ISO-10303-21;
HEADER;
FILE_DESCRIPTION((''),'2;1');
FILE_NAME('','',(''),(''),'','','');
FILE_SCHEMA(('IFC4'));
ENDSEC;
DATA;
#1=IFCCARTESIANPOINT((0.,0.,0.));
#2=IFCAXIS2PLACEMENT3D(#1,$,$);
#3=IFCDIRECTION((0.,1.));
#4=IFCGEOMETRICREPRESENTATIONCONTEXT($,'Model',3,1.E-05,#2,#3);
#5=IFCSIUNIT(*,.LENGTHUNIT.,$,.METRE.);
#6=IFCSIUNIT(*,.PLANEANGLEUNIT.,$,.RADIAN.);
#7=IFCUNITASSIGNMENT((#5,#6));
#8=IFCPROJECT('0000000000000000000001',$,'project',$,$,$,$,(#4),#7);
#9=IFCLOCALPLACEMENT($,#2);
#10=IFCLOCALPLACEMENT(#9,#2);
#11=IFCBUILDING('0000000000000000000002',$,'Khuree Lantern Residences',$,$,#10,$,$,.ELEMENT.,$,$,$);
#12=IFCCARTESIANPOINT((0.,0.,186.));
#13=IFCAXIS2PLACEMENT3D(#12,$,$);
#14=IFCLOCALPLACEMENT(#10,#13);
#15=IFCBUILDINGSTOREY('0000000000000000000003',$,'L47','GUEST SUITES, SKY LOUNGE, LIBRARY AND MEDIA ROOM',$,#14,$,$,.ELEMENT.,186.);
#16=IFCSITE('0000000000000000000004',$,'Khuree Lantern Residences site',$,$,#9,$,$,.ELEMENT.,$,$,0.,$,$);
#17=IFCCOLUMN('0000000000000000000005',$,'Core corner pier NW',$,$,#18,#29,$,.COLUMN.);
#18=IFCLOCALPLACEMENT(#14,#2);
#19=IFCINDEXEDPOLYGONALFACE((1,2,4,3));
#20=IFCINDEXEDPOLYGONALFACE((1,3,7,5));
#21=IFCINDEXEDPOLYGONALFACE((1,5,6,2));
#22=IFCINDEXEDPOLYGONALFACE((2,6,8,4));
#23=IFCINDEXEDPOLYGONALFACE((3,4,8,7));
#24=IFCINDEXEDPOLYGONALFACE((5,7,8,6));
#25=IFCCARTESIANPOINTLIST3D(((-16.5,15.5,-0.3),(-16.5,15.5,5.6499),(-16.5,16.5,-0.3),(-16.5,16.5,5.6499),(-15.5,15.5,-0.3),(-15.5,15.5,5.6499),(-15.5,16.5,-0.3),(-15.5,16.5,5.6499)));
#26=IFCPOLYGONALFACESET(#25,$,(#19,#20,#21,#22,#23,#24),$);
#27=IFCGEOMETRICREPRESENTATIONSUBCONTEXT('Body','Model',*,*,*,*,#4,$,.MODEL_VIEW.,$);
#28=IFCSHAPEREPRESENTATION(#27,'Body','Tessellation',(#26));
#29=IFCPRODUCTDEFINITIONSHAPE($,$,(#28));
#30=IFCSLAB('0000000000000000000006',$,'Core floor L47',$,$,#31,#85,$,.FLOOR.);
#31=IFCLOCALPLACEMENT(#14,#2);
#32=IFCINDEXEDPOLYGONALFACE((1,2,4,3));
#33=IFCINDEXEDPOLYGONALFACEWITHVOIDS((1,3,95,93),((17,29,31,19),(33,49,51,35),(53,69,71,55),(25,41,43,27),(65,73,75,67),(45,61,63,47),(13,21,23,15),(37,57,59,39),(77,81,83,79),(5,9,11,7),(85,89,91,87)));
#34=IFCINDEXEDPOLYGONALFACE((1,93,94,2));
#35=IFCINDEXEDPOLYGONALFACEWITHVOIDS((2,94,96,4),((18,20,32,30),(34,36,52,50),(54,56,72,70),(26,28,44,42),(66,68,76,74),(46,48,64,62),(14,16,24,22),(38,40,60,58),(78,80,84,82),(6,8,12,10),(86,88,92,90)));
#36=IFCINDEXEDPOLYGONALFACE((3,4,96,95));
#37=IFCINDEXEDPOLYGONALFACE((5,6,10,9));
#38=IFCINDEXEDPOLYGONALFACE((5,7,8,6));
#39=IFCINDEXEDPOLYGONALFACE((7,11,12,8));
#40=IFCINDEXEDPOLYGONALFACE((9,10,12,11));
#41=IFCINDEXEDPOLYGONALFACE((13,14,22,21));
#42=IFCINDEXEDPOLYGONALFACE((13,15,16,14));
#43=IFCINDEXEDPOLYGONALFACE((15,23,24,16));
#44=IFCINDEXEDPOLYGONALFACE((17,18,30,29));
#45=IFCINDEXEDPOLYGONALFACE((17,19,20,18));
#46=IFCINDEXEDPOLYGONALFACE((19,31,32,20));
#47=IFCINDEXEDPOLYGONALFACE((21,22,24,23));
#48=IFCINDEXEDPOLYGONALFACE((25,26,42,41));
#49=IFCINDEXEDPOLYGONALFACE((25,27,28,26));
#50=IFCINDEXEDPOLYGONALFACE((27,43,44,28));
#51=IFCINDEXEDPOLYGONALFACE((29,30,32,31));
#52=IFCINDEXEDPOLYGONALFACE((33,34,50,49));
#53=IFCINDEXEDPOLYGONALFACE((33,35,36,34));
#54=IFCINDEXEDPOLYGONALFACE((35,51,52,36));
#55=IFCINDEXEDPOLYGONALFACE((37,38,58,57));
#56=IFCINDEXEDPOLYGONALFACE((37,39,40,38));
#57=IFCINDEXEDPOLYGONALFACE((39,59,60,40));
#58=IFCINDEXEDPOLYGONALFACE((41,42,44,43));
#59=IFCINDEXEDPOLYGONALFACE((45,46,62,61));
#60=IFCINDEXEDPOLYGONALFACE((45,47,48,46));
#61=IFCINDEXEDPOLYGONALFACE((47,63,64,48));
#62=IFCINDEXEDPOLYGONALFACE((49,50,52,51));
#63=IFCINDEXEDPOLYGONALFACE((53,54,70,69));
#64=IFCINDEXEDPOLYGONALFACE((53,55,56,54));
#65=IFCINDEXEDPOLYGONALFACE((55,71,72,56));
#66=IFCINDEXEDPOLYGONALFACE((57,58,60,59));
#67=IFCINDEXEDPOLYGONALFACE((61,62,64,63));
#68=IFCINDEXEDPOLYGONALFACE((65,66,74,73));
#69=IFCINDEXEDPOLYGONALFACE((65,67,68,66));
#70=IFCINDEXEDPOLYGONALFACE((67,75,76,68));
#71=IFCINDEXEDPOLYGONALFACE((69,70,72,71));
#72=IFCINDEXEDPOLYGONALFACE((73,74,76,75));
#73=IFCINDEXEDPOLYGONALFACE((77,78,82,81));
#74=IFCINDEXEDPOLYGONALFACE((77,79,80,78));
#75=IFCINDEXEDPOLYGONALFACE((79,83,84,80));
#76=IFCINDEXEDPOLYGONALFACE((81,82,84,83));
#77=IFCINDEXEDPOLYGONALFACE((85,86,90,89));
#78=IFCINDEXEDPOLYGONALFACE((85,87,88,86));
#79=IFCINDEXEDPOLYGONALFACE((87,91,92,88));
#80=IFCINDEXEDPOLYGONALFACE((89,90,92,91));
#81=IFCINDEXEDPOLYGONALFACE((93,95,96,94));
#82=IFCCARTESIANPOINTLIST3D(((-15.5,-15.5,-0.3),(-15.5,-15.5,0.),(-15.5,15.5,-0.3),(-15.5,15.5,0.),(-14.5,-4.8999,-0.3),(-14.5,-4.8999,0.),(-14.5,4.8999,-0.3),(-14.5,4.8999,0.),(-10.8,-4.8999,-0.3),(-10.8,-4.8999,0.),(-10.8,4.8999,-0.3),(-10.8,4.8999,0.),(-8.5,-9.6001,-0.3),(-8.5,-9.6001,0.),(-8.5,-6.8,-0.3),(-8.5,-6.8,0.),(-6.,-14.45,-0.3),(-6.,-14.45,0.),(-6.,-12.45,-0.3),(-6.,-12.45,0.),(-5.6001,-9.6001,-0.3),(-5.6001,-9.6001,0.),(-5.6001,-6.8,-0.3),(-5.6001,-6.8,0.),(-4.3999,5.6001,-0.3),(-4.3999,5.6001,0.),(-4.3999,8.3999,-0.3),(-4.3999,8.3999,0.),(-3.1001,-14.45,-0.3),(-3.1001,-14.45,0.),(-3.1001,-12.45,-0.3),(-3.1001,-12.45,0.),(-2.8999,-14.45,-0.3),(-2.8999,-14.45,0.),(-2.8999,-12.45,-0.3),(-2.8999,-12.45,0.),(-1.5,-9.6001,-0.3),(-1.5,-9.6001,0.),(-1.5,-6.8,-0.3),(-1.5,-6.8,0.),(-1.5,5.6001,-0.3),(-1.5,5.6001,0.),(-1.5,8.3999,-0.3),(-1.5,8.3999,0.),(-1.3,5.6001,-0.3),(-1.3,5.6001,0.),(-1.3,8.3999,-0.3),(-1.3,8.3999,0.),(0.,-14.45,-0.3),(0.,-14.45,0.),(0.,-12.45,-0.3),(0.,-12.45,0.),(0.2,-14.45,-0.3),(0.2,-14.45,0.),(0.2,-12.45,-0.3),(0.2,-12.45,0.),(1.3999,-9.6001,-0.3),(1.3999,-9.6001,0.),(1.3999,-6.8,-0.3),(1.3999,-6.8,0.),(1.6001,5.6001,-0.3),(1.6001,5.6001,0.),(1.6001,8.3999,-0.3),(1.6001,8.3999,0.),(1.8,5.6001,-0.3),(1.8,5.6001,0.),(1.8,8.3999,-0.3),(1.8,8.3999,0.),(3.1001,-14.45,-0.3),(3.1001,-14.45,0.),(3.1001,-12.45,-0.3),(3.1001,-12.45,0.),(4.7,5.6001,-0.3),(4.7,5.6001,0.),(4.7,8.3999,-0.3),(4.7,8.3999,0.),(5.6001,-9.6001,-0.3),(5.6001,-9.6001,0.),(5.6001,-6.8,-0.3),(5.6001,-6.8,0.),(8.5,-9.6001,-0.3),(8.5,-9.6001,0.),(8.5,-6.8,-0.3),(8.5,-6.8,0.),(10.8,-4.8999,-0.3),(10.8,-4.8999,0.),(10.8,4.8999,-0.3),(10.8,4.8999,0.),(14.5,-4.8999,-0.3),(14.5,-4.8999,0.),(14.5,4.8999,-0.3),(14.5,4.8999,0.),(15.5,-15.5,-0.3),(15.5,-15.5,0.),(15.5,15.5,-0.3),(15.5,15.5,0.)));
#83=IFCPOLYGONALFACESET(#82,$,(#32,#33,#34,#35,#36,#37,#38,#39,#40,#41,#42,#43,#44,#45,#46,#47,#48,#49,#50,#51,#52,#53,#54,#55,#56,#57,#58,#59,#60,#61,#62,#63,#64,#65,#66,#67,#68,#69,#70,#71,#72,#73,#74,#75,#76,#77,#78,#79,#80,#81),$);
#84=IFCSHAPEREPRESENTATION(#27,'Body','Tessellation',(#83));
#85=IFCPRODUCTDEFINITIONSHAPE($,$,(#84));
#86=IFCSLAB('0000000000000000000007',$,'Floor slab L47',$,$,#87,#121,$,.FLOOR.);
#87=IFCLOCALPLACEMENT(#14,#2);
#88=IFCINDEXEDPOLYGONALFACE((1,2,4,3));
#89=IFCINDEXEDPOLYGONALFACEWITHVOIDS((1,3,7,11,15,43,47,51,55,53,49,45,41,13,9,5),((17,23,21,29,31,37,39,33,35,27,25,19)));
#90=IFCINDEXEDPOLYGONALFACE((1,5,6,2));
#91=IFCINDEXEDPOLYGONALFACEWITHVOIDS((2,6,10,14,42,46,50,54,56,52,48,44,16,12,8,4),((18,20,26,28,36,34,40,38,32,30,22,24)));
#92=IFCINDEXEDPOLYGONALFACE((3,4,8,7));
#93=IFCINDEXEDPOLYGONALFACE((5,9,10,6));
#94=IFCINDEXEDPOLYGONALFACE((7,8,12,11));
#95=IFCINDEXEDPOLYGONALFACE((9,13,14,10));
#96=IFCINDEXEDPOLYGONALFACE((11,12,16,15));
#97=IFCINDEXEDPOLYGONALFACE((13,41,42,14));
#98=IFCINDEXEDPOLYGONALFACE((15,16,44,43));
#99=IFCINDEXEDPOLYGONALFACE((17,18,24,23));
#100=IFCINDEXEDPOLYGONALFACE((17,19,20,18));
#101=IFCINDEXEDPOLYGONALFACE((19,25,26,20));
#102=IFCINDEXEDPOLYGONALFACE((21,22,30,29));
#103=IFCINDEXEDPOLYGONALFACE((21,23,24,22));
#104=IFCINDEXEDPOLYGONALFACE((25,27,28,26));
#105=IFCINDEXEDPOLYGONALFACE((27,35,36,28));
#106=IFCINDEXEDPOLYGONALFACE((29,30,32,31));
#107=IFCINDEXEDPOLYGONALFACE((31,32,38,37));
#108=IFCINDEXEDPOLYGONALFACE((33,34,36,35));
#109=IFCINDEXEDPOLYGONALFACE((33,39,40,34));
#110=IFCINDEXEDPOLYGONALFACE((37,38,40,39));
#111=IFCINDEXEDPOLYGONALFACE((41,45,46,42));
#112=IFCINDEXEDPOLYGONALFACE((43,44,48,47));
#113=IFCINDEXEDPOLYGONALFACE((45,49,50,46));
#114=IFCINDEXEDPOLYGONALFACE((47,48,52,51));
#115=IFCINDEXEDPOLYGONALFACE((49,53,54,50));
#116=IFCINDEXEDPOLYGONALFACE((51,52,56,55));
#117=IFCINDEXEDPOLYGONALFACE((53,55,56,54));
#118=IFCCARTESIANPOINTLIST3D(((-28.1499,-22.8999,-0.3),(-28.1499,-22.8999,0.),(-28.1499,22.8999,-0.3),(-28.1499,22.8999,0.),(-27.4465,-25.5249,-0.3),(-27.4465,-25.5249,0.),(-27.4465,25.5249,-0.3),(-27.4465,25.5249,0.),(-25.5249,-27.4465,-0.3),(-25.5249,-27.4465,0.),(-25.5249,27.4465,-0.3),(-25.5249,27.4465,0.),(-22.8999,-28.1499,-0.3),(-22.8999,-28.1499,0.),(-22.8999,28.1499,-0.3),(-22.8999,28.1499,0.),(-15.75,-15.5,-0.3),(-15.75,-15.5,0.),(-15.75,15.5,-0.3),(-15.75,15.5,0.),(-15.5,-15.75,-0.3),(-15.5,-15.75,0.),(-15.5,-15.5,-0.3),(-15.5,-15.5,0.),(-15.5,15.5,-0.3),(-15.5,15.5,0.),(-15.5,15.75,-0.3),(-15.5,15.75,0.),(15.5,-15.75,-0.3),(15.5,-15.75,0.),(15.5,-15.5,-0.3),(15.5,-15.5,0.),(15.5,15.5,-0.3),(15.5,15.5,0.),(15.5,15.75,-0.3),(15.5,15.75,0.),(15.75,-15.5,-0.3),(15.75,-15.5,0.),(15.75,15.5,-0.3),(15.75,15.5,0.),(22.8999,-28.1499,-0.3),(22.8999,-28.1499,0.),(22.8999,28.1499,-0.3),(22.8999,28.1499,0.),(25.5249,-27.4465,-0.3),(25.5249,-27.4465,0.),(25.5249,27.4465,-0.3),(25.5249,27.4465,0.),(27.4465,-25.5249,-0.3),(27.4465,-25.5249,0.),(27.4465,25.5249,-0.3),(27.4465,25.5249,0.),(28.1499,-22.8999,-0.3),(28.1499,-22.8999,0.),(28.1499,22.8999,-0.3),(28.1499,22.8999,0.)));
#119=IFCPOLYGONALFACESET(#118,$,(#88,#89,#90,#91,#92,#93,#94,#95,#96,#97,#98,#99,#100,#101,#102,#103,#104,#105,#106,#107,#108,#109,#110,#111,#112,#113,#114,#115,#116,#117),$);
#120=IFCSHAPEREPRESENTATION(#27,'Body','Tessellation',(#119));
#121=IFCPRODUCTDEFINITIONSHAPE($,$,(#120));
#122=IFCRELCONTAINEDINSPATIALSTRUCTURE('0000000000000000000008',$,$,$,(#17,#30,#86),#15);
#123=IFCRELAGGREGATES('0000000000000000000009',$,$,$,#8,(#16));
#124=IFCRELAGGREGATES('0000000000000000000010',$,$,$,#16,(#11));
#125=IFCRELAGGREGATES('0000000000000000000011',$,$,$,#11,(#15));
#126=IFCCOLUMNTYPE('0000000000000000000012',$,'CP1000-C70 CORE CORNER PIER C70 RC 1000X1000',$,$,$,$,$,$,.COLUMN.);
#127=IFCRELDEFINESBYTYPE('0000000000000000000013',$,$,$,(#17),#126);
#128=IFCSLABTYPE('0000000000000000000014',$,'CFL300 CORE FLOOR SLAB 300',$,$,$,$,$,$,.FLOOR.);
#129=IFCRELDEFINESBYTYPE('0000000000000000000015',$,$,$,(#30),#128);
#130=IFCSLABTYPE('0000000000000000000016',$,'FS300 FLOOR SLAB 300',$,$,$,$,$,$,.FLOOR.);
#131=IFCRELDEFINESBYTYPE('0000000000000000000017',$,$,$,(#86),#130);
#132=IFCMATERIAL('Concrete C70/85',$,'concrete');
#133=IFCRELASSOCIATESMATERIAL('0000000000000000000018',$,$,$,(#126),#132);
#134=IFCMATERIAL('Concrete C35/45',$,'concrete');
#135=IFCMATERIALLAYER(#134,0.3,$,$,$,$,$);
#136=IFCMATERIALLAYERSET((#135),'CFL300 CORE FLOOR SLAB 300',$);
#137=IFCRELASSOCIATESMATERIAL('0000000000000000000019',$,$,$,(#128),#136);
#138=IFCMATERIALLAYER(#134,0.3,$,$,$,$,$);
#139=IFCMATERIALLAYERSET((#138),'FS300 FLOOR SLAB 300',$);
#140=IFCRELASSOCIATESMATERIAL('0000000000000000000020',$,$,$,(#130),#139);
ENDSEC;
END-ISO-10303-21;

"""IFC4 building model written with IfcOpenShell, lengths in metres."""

from ifc_helpers import new_model, si_unit, direction, frame, origin, origin_2d, place, context, subcontext, project, spatial, polyline, rectangle, outline, extrude, material, layer, layer_set, material_profile, profile_set, type_object, element, save


model = new_model("IFC4")

# Units and contexts
model_context = context("Model", 3, precision=1e-05, world=origin(), true_north=direction((0.0, 1.0)))
body_context = subcontext(model_context, "Body", "Model", "MODEL_VIEW")
ifc_project = project(units=[si_unit("LENGTHUNIT", "METRE"), si_unit("PLANEANGLEUNIT", "RADIAN")], contexts=[model_context])

# Site, building, storey
site_placement = place(None, origin())
site = spatial("IfcSite", under=ifc_project, at=site_placement, Name="Khuree Lantern Residences site", CompositionType="ELEMENT", RefElevation=0.0)
building_placement = place(site_placement, origin())
building = spatial("IfcBuilding", under=site, at=building_placement, Name="Khuree Lantern Residences", CompositionType="ELEMENT")
storey_placement = place(building_placement, frame((0.0, 0.0, 186.0)))
storey = spatial("IfcBuildingStorey", under=building, at=storey_placement, Name="L47", Description="GUEST SUITES, SKY LOUNGE, LIBRARY AND MEDIA ROOM", CompositionType="ELEMENT", Elevation=186.0)

# Column
ifc_material_1 = material(Name="Concrete C70/85", Category="concrete")
ifc_material_profile = material_profile(ifc_material_1, rectangle(XDim=1.0, YDim=1.0, at=origin_2d()), Name="RC 1000X1000")
ifc_profile_set = profile_set([ifc_material_profile], Name="Concrete C70/85")
column_type = type_object("IfcColumnType", Name="CP1000-C70 CORE CORNER PIER C70 RC 1000X1000", PredefinedType="COLUMN", material=ifc_profile_set)
column_placement = place(storey_placement, frame((-16.0, 16.0, -0.3), z_axis=(0.0, 0.0, 1.0), x_axis=(1.0, 0.0, 0.0)))
element("IfcColumn", 1, at=column_placement, inside=storey, type_object=column_type, Name="Core corner pier NW", PredefinedType="COLUMN", context=body_context, shape_type="SweptSolid", body=[
    extrude(rectangle(XDim=1.0, YDim=1.0, at=origin_2d()), origin(), (0.0, 0.0, 1.0), 5.95),
])

# Slabs
ifc_material_2 = material(Name="Concrete C35/45", Category="concrete")
ifc_layer_1 = layer(ifc_material_2, 0.3)
ifc_layer_set_1 = layer_set([ifc_layer_1], Name="CFL300 CORE FLOOR SLAB 300")
slab_type_1 = type_object("IfcSlabType", Name="CFL300 CORE FLOOR SLAB 300", PredefinedType="FLOOR", material=ifc_layer_set_1)
slab_1_placement = place(storey_placement, frame((0.0, 0.0, -0.3)))
element("IfcSlab", 2, at=slab_1_placement, inside=storey, type_object=slab_type_1, Name="Core floor L47", PredefinedType="FLOOR", context=body_context, shape_type="SweptSolid", body=[
    extrude(outline(polyline([(-15.5, -15.5), (-15.5, 15.5), (15.5, 15.5), (15.5, -15.5), (-15.5, -15.5)]), holes=[polyline([(10.8, 4.8999), (10.8, -4.8999), (14.5, -4.8999), (14.5, 4.8999), (10.8, 4.8999)]), polyline([(8.5, -6.8), (5.6001, -6.8), (5.6001, -9.6001), (8.5, -9.6001), (8.5, -6.8)]), polyline([(4.7, 8.3999), (1.8, 8.3999), (1.8, 5.6001), (4.7, 5.6001), (4.7, 8.3999)]), polyline([(3.1001, -12.45), (0.2, -12.45), (0.2, -14.45), (3.1001, -14.45), (3.1001, -12.45)]), polyline([(1.6001, 8.3999), (-1.3, 8.3999), (-1.3, 5.6001), (1.6001, 5.6001), (1.6001, 8.3999)]), polyline([(1.3999, -6.8), (-1.5, -6.8), (-1.5, -9.6001), (1.3999, -9.6001), (1.3999, -6.8)]), polyline([(-2.8999, -12.45), (-2.8999, -14.45), (0.0, -14.45), (0.0, -12.45), (-2.8999, -12.45)]), polyline([(-4.3999, 8.3999), (-4.3999, 5.6001), (-1.5, 5.6001), (-1.5, 8.3999), (-4.3999, 8.3999)]), polyline([(-6.0, -12.45), (-6.0, -14.45), (-3.1001, -14.45), (-3.1001, -12.45), (-6.0, -12.45)]), polyline([(-8.5, -6.8), (-8.5, -9.6001), (-5.6001, -9.6001), (-5.6001, -6.8), (-8.5, -6.8)]), polyline([(-10.8, 4.8999), (-14.5, 4.8999), (-14.5, -4.8999), (-10.8, -4.8999), (-10.8, 4.8999)])]), origin(), (0.0, 0.0, 1.0), 0.3),
])
ifc_layer_2 = layer(ifc_material_2, 0.3)
ifc_layer_set_2 = layer_set([ifc_layer_2], Name="FS300 FLOOR SLAB 300")
slab_type_2 = type_object("IfcSlabType", Name="FS300 FLOOR SLAB 300", PredefinedType="FLOOR", material=ifc_layer_set_2)
slab_2_placement = place(storey_placement, frame((0.0, 0.0, -0.3)))
element("IfcSlab", 3, at=slab_2_placement, inside=storey, type_object=slab_type_2, Name="Floor slab L47", PredefinedType="FLOOR", context=body_context, shape_type="SweptSolid", body=[
    extrude(outline(polyline([(-25.5249, -27.4465), (-27.4465, -25.5249), (-28.1499, -22.8999), (-28.1499, 22.8999), (-27.4465, 25.5249), (-25.5249, 27.4465), (-22.8999, 28.1499), (22.8999, 28.1499), (25.5249, 27.4465), (27.4465, 25.5249), (28.1499, 22.8999), (28.1499, -22.8999), (27.4465, -25.5249), (25.5249, -27.4465), (22.8999, -28.1499), (-22.8999, -28.1499), (-25.5249, -27.4465)]), holes=[polyline([(15.75, 15.5), (15.5, 15.5), (15.5, 15.75), (-15.5, 15.75), (-15.5, 15.5), (-15.75, 15.5), (-15.75, -15.5), (-15.5, -15.5), (-15.5, -15.75), (15.5, -15.75), (15.5, -15.5), (15.75, -15.5), (15.75, 15.5)])]), origin(), (0.0, 0.0, 1.0), 0.3),
])

save(model, "model.ifc")
